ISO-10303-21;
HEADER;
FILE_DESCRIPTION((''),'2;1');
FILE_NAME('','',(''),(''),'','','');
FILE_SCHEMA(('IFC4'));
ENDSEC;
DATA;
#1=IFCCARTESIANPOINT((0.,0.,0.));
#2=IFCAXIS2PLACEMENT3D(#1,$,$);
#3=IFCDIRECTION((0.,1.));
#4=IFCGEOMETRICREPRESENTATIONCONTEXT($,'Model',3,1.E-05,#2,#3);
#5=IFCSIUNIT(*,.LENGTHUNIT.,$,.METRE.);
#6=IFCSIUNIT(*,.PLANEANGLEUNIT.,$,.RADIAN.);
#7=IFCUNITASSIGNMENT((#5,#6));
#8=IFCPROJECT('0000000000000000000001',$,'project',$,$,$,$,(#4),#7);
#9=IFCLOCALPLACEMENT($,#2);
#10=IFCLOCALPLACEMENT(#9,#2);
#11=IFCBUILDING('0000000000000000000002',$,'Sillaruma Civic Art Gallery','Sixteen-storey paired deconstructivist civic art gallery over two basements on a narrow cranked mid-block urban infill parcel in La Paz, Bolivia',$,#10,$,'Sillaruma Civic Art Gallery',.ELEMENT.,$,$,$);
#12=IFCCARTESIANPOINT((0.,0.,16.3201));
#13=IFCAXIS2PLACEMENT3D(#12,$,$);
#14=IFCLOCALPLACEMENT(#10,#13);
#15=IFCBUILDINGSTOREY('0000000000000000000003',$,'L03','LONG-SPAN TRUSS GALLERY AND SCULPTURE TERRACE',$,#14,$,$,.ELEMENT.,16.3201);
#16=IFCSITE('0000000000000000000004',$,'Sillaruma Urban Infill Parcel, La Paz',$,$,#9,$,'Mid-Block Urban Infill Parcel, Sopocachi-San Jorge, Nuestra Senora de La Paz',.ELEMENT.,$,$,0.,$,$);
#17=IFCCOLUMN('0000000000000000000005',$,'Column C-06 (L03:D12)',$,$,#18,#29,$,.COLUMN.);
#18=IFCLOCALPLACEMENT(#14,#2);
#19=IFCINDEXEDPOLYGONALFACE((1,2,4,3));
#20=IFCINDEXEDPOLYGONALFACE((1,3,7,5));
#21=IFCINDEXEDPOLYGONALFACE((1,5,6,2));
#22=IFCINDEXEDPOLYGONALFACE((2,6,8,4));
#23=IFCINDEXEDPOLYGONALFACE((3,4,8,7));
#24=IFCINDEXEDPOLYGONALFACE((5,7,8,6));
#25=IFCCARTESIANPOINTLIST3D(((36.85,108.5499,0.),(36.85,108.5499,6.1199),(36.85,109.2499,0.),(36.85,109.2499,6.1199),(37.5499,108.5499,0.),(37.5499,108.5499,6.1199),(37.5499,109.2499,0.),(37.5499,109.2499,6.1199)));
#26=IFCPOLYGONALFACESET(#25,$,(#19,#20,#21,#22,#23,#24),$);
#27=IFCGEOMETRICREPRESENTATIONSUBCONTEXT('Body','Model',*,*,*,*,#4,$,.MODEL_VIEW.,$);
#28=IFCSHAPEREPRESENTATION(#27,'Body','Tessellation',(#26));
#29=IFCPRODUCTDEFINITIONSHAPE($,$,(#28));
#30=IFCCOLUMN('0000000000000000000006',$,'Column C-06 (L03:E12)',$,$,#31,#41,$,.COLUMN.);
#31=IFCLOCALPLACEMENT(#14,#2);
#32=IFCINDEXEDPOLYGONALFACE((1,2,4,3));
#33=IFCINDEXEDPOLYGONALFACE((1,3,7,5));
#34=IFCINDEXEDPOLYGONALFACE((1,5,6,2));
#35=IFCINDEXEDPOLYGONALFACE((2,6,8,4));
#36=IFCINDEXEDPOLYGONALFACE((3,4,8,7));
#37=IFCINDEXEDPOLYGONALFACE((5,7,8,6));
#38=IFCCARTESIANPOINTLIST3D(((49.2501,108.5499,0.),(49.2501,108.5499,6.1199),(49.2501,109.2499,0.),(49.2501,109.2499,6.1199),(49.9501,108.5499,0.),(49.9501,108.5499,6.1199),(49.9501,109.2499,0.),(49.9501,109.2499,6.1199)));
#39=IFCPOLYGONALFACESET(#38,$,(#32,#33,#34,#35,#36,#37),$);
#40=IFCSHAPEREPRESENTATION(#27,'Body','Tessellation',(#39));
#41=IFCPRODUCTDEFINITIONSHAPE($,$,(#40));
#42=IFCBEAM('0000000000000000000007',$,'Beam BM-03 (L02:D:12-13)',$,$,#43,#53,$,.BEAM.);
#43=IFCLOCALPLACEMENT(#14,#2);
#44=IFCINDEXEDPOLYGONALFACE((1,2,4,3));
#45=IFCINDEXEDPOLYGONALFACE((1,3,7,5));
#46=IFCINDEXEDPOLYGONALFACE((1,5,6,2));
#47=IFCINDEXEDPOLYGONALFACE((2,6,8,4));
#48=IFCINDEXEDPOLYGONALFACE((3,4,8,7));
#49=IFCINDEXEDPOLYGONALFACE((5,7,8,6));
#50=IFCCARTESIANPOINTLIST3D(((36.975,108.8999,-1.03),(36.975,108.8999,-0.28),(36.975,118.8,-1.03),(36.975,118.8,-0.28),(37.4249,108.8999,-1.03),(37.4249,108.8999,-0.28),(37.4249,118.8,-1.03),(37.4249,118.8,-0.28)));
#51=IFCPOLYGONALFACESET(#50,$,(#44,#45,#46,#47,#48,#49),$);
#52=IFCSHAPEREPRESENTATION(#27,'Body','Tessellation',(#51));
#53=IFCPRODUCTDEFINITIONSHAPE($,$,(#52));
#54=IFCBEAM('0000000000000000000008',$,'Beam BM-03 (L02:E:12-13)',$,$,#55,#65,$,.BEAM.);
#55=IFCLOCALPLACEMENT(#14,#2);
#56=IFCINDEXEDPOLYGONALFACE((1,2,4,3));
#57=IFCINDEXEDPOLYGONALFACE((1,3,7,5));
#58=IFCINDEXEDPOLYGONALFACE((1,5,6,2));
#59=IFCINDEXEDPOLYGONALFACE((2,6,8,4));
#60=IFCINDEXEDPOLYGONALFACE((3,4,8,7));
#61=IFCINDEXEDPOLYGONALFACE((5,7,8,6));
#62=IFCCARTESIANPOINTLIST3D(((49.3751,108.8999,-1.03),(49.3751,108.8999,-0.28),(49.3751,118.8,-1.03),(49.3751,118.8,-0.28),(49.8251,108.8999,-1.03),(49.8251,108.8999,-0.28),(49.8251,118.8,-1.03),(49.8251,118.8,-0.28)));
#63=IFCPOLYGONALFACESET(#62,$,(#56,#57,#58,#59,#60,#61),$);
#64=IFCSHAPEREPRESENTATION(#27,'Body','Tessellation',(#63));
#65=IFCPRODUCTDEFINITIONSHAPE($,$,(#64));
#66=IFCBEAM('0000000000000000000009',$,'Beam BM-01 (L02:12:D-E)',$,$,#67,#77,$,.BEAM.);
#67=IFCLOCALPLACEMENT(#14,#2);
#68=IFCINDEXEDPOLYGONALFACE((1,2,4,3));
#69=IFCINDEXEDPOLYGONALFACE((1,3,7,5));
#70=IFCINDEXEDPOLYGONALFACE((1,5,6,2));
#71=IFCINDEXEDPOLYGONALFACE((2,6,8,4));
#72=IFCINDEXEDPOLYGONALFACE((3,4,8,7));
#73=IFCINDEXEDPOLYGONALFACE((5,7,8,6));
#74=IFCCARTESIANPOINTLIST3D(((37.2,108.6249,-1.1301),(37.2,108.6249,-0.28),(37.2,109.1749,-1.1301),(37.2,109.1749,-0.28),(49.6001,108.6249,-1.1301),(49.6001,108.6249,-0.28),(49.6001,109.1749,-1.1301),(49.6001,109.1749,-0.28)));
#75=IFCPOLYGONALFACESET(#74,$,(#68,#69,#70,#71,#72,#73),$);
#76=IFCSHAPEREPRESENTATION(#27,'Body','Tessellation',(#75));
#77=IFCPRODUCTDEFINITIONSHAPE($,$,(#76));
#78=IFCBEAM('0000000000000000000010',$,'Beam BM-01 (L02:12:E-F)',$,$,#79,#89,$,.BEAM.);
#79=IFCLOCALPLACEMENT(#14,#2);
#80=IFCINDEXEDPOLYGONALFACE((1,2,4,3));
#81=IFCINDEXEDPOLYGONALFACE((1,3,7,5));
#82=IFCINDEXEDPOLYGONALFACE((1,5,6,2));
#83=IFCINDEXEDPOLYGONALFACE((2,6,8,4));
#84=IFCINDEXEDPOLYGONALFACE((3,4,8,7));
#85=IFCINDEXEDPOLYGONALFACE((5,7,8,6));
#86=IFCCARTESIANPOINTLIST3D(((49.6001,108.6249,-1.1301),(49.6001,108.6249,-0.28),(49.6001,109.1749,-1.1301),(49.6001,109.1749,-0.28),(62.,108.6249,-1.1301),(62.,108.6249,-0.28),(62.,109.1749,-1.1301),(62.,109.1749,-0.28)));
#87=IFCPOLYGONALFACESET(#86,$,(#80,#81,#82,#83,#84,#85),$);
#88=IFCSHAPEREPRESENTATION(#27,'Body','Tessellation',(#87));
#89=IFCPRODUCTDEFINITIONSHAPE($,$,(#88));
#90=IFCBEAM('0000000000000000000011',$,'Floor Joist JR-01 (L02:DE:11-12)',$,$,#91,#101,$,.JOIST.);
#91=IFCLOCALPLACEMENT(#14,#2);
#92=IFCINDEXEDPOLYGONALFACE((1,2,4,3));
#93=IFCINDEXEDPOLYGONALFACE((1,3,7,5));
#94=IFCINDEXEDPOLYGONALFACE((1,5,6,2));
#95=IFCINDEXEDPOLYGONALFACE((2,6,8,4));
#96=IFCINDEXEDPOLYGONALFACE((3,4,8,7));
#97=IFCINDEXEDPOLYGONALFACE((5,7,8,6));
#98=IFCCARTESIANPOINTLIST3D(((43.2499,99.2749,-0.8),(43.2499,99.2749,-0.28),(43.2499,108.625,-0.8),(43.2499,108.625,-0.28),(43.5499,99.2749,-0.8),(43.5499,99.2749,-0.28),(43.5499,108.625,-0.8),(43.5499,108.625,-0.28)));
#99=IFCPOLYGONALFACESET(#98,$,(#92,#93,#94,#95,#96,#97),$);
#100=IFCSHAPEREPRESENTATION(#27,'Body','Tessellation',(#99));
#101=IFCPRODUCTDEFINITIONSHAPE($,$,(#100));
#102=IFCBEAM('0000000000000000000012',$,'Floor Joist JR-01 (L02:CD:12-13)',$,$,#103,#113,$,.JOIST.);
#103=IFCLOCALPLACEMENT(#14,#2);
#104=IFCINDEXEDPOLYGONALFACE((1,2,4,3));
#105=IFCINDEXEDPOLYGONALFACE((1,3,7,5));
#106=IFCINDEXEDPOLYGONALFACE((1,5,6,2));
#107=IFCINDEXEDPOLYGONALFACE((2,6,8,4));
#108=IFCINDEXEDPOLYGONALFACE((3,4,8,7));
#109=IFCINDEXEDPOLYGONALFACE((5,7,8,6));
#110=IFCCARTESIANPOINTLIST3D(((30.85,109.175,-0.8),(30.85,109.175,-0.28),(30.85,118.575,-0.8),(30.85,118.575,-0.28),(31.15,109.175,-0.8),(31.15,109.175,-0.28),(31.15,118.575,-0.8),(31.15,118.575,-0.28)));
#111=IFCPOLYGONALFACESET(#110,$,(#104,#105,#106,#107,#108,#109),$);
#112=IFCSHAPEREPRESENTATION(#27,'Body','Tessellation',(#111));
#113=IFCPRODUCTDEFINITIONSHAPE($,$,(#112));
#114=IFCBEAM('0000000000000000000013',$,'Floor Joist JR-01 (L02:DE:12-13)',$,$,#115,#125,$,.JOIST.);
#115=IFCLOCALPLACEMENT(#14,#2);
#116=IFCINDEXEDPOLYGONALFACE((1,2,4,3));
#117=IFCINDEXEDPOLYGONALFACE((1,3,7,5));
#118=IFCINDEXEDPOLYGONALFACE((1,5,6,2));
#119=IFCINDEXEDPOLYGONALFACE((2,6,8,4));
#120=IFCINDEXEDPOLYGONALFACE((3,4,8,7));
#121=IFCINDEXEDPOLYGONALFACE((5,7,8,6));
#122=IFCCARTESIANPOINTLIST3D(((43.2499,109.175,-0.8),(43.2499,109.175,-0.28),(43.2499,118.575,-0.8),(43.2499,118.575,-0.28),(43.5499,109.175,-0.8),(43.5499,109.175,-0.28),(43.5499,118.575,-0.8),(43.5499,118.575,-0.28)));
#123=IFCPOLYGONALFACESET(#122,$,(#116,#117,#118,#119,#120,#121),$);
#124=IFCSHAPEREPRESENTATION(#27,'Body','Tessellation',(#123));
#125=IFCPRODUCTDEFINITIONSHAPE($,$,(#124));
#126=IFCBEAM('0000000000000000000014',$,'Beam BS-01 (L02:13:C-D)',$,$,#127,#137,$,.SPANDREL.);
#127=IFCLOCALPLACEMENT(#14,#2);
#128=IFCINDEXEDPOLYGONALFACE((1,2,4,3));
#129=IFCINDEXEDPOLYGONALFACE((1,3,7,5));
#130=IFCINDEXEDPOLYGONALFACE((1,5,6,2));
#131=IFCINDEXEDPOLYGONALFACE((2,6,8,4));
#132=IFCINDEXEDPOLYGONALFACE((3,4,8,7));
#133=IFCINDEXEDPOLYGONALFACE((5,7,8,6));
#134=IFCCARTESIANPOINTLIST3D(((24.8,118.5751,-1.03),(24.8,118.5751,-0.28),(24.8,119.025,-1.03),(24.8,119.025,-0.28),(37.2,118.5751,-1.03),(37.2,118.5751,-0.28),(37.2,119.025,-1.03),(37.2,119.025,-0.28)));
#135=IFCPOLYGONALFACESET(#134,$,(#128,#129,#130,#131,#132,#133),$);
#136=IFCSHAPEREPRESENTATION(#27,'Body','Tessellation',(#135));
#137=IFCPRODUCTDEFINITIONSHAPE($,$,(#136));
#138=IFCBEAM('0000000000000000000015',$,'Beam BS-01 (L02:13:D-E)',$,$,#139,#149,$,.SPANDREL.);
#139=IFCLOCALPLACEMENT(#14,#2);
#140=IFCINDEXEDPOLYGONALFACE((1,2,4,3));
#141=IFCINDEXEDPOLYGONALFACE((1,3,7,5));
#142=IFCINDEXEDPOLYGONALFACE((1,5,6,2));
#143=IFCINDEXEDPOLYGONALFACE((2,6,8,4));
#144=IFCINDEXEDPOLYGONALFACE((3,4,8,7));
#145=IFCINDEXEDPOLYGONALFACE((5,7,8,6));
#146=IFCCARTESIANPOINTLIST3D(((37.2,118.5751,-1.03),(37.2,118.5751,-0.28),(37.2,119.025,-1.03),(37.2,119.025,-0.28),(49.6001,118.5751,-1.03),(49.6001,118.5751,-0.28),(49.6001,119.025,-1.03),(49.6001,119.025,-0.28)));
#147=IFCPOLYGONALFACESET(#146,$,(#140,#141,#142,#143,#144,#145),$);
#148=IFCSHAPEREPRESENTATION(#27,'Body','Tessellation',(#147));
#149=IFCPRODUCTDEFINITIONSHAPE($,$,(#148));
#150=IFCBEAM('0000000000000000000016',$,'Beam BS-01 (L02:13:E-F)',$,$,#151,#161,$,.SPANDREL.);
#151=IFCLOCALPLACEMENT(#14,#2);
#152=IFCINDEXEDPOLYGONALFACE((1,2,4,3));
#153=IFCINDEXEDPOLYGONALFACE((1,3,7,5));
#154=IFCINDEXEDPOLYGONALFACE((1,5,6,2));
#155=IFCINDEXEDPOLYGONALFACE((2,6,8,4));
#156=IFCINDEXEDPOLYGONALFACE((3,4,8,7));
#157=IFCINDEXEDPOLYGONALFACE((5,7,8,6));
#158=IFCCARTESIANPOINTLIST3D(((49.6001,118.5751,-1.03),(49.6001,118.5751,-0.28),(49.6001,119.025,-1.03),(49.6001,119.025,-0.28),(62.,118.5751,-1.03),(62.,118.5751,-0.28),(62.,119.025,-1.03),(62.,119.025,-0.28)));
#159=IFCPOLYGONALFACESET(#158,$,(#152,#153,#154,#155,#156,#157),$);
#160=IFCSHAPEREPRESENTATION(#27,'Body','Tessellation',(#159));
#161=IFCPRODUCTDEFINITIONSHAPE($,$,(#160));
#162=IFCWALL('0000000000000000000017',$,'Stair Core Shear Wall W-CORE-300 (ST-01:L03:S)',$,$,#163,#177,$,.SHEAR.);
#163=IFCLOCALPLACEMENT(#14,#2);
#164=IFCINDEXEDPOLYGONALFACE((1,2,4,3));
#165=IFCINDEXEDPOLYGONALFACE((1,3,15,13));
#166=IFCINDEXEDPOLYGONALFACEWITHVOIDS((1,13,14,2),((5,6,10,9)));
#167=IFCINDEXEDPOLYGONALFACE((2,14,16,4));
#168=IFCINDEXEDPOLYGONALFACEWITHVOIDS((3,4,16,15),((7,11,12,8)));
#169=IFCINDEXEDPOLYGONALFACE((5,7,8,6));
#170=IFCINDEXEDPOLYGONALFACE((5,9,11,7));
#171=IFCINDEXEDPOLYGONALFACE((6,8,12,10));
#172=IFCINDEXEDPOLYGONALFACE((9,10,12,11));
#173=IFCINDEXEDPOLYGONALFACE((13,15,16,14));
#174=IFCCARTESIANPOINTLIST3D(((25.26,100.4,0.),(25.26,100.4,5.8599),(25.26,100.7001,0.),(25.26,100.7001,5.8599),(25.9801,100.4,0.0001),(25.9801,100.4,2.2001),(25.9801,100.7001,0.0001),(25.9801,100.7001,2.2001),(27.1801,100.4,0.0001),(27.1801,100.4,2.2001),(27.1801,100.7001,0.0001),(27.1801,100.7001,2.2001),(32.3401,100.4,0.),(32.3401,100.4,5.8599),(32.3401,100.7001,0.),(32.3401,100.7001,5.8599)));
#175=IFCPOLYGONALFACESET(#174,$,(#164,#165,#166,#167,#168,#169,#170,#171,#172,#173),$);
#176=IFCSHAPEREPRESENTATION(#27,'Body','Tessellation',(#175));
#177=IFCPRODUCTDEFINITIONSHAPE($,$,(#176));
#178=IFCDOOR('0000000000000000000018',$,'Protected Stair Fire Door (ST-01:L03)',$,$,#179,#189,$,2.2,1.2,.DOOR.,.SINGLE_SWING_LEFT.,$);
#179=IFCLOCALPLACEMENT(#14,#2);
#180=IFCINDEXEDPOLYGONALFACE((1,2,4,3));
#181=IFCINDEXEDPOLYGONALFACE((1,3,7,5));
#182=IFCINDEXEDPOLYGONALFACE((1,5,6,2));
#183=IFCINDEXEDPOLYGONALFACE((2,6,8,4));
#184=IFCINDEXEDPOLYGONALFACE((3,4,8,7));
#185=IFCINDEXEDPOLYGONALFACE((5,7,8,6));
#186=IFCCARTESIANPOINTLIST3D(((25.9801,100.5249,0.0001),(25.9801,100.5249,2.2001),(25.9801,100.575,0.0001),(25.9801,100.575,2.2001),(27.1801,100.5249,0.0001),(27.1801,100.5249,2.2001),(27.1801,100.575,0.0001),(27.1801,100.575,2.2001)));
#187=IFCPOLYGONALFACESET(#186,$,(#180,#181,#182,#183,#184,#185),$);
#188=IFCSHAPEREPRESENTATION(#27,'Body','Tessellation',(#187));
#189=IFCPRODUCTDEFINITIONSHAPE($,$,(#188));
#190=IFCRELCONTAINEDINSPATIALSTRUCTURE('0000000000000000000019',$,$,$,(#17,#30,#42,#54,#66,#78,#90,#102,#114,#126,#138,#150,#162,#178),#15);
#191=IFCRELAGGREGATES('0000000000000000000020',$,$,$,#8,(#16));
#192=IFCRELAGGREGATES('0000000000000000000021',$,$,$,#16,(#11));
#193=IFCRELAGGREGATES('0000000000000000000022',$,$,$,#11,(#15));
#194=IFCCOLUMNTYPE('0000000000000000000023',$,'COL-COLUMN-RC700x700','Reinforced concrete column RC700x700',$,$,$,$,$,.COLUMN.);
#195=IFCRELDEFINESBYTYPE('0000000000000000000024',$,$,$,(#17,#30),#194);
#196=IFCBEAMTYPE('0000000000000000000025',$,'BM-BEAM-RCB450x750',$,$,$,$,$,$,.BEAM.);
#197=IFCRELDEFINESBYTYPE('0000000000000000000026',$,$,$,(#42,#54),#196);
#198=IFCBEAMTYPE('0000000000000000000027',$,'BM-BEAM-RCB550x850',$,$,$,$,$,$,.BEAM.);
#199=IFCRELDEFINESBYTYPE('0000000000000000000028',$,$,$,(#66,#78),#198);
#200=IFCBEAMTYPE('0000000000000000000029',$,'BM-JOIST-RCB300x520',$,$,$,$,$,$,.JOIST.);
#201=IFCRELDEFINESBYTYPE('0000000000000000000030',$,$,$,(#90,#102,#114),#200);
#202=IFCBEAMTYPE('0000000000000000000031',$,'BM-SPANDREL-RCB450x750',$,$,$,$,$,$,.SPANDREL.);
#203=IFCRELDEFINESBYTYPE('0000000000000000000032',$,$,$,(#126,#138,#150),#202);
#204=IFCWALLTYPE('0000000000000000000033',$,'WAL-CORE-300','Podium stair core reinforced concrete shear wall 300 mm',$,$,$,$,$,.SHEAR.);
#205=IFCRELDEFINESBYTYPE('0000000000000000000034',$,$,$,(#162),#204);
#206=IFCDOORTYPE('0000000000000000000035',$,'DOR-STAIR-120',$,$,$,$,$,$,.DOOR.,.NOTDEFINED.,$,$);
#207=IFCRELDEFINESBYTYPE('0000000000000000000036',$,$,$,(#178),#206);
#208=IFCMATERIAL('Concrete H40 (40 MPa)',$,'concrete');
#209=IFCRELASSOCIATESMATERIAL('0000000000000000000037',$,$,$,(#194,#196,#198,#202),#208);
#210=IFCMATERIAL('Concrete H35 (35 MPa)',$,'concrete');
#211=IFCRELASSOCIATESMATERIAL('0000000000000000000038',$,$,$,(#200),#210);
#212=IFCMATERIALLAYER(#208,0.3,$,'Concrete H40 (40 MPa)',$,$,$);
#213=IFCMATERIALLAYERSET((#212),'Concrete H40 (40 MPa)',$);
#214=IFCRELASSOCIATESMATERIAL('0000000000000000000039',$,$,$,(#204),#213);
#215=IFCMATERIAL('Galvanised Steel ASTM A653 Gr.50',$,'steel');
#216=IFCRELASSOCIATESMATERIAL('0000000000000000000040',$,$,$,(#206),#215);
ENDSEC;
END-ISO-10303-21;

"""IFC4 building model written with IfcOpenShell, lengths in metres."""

from ifc_helpers import new_model, si_unit, direction, frame, frame_2d, origin, origin_2d, place, context, subcontext, project, spatial, rectangle, extrude, material, layer, layer_set, material_profile, profile_set, type_object, element, fill, save


model = new_model("IFC4")

# Units and contexts
model_context = context("Model", 3, precision=1e-05, world=origin(), true_north=direction((0.0, 1.0)))
body_context = subcontext(model_context, "Body", "Model", "MODEL_VIEW")
ifc_project = project(units=[si_unit("LENGTHUNIT", "METRE"), si_unit("PLANEANGLEUNIT", "RADIAN")], contexts=[model_context])

# Site, building, storey
site_placement = place(None, origin())
site = spatial("IfcSite", under=ifc_project, at=site_placement, Name="Sillaruma Urban Infill Parcel, La Paz", LongName="Mid-Block Urban Infill Parcel, Sopocachi-San Jorge, Nuestra Senora de La Paz", CompositionType="ELEMENT", RefElevation=0.0)
building_placement = place(site_placement, origin())
building = spatial("IfcBuilding", under=site, at=building_placement, Name="Sillaruma Civic Art Gallery", Description="Sixteen-storey paired deconstructivist civic art gallery over two basements on a narrow cranked mid-block urban infill parcel in La Paz, Bolivia", LongName="Sillaruma Civic Art Gallery", CompositionType="ELEMENT")
storey_placement = place(building_placement, frame((0.0, 0.0, 16.3201)))
storey = spatial("IfcBuildingStorey", under=building, at=storey_placement, Name="L03", Description="LONG-SPAN TRUSS GALLERY AND SCULPTURE TERRACE", CompositionType="ELEMENT", Elevation=16.3201)

# Columns
ifc_material_1 = material(Name="Concrete H40 (40 MPa)", Category="concrete")
ifc_material_profile_1 = material_profile(ifc_material_1, rectangle(XDim=0.7, YDim=0.7, at=origin_2d()), Name="RC700x700")
ifc_profile_set_1 = profile_set([ifc_material_profile_1], Name="Concrete H40 (40 MPa)")
column_type = type_object("IfcColumnType", Name="COL-COLUMN-RC700x700", Description="Reinforced concrete column RC700x700", PredefinedType="COLUMN", material=ifc_profile_set_1)
for number, where, z_axis, x_axis, name in (
    (1, (37.2, 108.8999, 0.0), (0.0, 0.0, 1.0), (1.0, 0.0, 0.0), "Column C-06 (L03:D12)"),
    (2, (49.6001, 108.8999, 0.0), (0.0, 0.0, 1.0), (1.0, 0.0, 0.0), "Column C-06 (L03:E12)"),
):
    element("IfcColumn", number, at=place(storey_placement, frame(where, z_axis=z_axis, x_axis=x_axis)), inside=storey, type_object=column_type, Name=name, PredefinedType="COLUMN", context=body_context, shape_type="SweptSolid", body=[
        extrude(rectangle(XDim=0.7, YDim=0.7, at=origin_2d()), origin(), (0.0, 0.0, 1.0), 6.1199),
    ])

# Beams
ifc_material_profile_2 = material_profile(ifc_material_1, rectangle(XDim=0.45, YDim=0.75, at=origin_2d()), Name="RCB450x750")
ifc_profile_set_2 = profile_set([ifc_material_profile_2], Name="Concrete H40 (40 MPa)")
beam_type_1 = type_object("IfcBeamType", Name="BM-BEAM-RCB450x750", PredefinedType="BEAM", material=ifc_profile_set_2)
for number, where, z_axis, x_axis, name in (
    (3, (37.2, 108.8999, -0.655), (0.0, 1.0, 0.0), (-1.0, 0.0, 0.0), "Beam BM-03 (L02:D:12-13)"),
    (4, (49.6001, 108.8999, -0.655), (0.0, 1.0, 0.0), (-1.0, 0.0, 0.0), "Beam BM-03 (L02:E:12-13)"),
):
    element("IfcBeam", number, at=place(storey_placement, frame(where, z_axis=z_axis, x_axis=x_axis)), inside=storey, type_object=beam_type_1, Name=name, PredefinedType="BEAM", context=body_context, shape_type="SweptSolid", body=[
        extrude(rectangle(XDim=0.45, YDim=0.75, at=origin_2d()), origin(), (0.0, 0.0, 1.0), 9.9001),
    ])
ifc_material_profile_3 = material_profile(ifc_material_1, rectangle(XDim=0.55, YDim=0.8501, at=origin_2d()), Name="RCB550x850")
ifc_profile_set_3 = profile_set([ifc_material_profile_3], Name="Concrete H40 (40 MPa)")
beam_type_2 = type_object("IfcBeamType", Name="BM-BEAM-RCB550x850", PredefinedType="BEAM", material=ifc_profile_set_3)
beam_1_placement = place(storey_placement, frame((37.2, 108.8999, -0.7051), z_axis=(1.0, 0.0, 0.0), x_axis=(0.0, 1.0, 0.0)))
element("IfcBeam", 5, at=beam_1_placement, inside=storey, type_object=beam_type_2, Name="Beam BM-01 (L02:12:D-E)", PredefinedType="BEAM", context=body_context, shape_type="SweptSolid", body=[
    extrude(rectangle(XDim=0.55, YDim=0.8501, at=origin_2d()), origin(), (0.0, 0.0, 1.0), 12.4001),
])
beam_2_placement = place(storey_placement, frame((49.6001, 108.8999, -0.7051), z_axis=(1.0, 0.0, 0.0), x_axis=(0.0, 1.0, 0.0)))
element("IfcBeam", 6, at=beam_2_placement, inside=storey, type_object=beam_type_2, Name="Beam BM-01 (L02:12:E-F)", PredefinedType="BEAM", context=body_context, shape_type="SweptSolid", body=[
    extrude(rectangle(XDim=0.55, YDim=0.8501, at=origin_2d()), origin(), (0.0, 0.0, 1.0), 12.3999),
])
ifc_material_2 = material(Name="Concrete H35 (35 MPa)", Category="concrete")
ifc_material_profile_4 = material_profile(ifc_material_2, rectangle(XDim=0.3, YDim=0.52, at=origin_2d()), Name="RCB300x520")
ifc_profile_set_4 = profile_set([ifc_material_profile_4], Name="Concrete H35 (35 MPa)")
beam_type_3 = type_object("IfcBeamType", Name="BM-JOIST-RCB300x520", PredefinedType="JOIST", material=ifc_profile_set_4)
beam_3_placement = place(storey_placement, frame((43.3999, 99.2749, -0.54), z_axis=(0.0, 1.0, 0.0), x_axis=(-1.0, 0.0, 0.0)))
element("IfcBeam", 7, at=beam_3_placement, inside=storey, type_object=beam_type_3, Name="Floor Joist JR-01 (L02:DE:11-12)", PredefinedType="JOIST", context=body_context, shape_type="SweptSolid", body=[
    extrude(rectangle(XDim=0.3, YDim=0.52, at=origin_2d()), origin(), (0.0, 0.0, 1.0), 9.3501),
])
for number, where, z_axis, x_axis, name in (
    (8, (31.0, 109.175, -0.54), (0.0, 1.0, 0.0), (-1.0, 0.0, 0.0), "Floor Joist JR-01 (L02:CD:12-13)"),
    (9, (43.3999, 109.175, -0.54), (0.0, 1.0, 0.0), (-1.0, 0.0, 0.0), "Floor Joist JR-01 (L02:DE:12-13)"),
):
    element("IfcBeam", number, at=place(storey_placement, frame(where, z_axis=z_axis, x_axis=x_axis)), inside=storey, type_object=beam_type_3, Name=name, PredefinedType="JOIST", context=body_context, shape_type="SweptSolid", body=[
        extrude(rectangle(XDim=0.3, YDim=0.52, at=origin_2d()), origin(), (0.0, 0.0, 1.0), 9.3999),
    ])
ifc_material_profile_5 = material_profile(ifc_material_1, rectangle(XDim=0.45, YDim=0.75, at=origin_2d()), Name="RCB450x750")
ifc_profile_set_5 = profile_set([ifc_material_profile_5], Name="Concrete H40 (40 MPa)")
beam_type_4 = type_object("IfcBeamType", Name="BM-SPANDREL-RCB450x750", PredefinedType="SPANDREL", material=ifc_profile_set_5)
beam_4_placement = place(storey_placement, frame((24.8, 118.8, -0.655), z_axis=(1.0, 0.0, 0.0), x_axis=(0.0, 1.0, 0.0)))
element("IfcBeam", 10, at=beam_4_placement, inside=storey, type_object=beam_type_4, Name="Beam BS-01 (L02:13:C-D)", PredefinedType="SPANDREL", context=body_context, shape_type="SweptSolid", body=[
    extrude(rectangle(XDim=0.45, YDim=0.75, at=origin_2d()), origin(), (0.0, 0.0, 1.0), 12.3999),
])
beam_5_placement = place(storey_placement, frame((37.2, 118.8, -0.655), z_axis=(1.0, 0.0, 0.0), x_axis=(0.0, 1.0, 0.0)))
element("IfcBeam", 11, at=beam_5_placement, inside=storey, type_object=beam_type_4, Name="Beam BS-01 (L02:13:D-E)", PredefinedType="SPANDREL", context=body_context, shape_type="SweptSolid", body=[
    extrude(rectangle(XDim=0.45, YDim=0.75, at=origin_2d()), origin(), (0.0, 0.0, 1.0), 12.4001),
])
beam_6_placement = place(storey_placement, frame((49.6001, 118.8, -0.655), z_axis=(1.0, 0.0, 0.0), x_axis=(0.0, 1.0, 0.0)))
element("IfcBeam", 12, at=beam_6_placement, inside=storey, type_object=beam_type_4, Name="Beam BS-01 (L02:13:E-F)", PredefinedType="SPANDREL", context=body_context, shape_type="SweptSolid", body=[
    extrude(rectangle(XDim=0.45, YDim=0.75, at=origin_2d()), origin(), (0.0, 0.0, 1.0), 12.3999),
])

# Wall, opening, door
ifc_layer_1 = layer(ifc_material_1, 0.3, Name="Concrete H40 (40 MPa)")
ifc_layer_set_1 = layer_set([ifc_layer_1], Name="Concrete H40 (40 MPa)")
wall_type_1 = type_object("IfcWallType", Name="WAL-CORE-300", Description="Podium stair core reinforced concrete shear wall 300 mm", PredefinedType="SHEAR", material=ifc_layer_set_1)
wall_1_placement = place(storey_placement, frame((25.26, 100.55, 0.0), z_axis=(0.0, 0.0, 1.0), x_axis=(1.0, 0.0, 0.0)))
wall_1 = element("IfcWall", 13, at=wall_1_placement, inside=storey, type_object=wall_type_1, Name="Stair Core Shear Wall W-CORE-300 (ST-01:L03:S)", PredefinedType="SHEAR", context=body_context, shape_type="SweptSolid", body=[
    extrude(rectangle(XDim=7.0801, YDim=0.3, at=frame_2d((3.54, 0.0))), origin(), (0.0, 0.0, 1.0), 5.8599),
])
opening_1_placement = place(wall_1_placement, frame((0.72, 0.0, 0.0)))
opening_1 = element("IfcOpeningElement", 14, at=opening_1_placement, cuts=wall_1, PredefinedType="OPENING", context=body_context, shape_type="SweptSolid", body=[
    extrude(rectangle(XDim=1.2, YDim=2.2, at=frame_2d((0.6001, 1.1001))), frame((0.0, 0.1599, 0.0), z_axis=(0.0, -1.0, 0.0), x_axis=(1.0, 0.0, 0.0)), (0.0, 0.0, 1.0), 0.3201),
])
ifc_material_3 = material(Name="Galvanised Steel ASTM A653 Gr.50", Category="steel")
door_type_1 = type_object("IfcDoorType", Name="DOR-STAIR-120", OperationType="NOTDEFINED", PredefinedType="DOOR", material=ifc_material_3)
door_1_placement = place(opening_1_placement, origin())
door_1 = element("IfcDoor", 15, at=door_1_placement, inside=storey, type_object=door_type_1, Name="Protected Stair Fire Door (ST-01:L03)", OperationType="SINGLE_SWING_LEFT", OverallHeight=2.2, OverallWidth=1.2, PredefinedType="DOOR", context=body_context, shape_type="SweptSolid", body=[
    extrude(rectangle(XDim=1.2, YDim=2.2, at=frame_2d((0.6001, 1.1001))), frame((0.0, 0.0249, 0.0), z_axis=(0.0, -1.0, 0.0), x_axis=(1.0, 0.0, 0.0)), (0.0, 0.0, 1.0), 0.05),
])
fill(opening_1, door_1)

save(model, "model.ifc")
